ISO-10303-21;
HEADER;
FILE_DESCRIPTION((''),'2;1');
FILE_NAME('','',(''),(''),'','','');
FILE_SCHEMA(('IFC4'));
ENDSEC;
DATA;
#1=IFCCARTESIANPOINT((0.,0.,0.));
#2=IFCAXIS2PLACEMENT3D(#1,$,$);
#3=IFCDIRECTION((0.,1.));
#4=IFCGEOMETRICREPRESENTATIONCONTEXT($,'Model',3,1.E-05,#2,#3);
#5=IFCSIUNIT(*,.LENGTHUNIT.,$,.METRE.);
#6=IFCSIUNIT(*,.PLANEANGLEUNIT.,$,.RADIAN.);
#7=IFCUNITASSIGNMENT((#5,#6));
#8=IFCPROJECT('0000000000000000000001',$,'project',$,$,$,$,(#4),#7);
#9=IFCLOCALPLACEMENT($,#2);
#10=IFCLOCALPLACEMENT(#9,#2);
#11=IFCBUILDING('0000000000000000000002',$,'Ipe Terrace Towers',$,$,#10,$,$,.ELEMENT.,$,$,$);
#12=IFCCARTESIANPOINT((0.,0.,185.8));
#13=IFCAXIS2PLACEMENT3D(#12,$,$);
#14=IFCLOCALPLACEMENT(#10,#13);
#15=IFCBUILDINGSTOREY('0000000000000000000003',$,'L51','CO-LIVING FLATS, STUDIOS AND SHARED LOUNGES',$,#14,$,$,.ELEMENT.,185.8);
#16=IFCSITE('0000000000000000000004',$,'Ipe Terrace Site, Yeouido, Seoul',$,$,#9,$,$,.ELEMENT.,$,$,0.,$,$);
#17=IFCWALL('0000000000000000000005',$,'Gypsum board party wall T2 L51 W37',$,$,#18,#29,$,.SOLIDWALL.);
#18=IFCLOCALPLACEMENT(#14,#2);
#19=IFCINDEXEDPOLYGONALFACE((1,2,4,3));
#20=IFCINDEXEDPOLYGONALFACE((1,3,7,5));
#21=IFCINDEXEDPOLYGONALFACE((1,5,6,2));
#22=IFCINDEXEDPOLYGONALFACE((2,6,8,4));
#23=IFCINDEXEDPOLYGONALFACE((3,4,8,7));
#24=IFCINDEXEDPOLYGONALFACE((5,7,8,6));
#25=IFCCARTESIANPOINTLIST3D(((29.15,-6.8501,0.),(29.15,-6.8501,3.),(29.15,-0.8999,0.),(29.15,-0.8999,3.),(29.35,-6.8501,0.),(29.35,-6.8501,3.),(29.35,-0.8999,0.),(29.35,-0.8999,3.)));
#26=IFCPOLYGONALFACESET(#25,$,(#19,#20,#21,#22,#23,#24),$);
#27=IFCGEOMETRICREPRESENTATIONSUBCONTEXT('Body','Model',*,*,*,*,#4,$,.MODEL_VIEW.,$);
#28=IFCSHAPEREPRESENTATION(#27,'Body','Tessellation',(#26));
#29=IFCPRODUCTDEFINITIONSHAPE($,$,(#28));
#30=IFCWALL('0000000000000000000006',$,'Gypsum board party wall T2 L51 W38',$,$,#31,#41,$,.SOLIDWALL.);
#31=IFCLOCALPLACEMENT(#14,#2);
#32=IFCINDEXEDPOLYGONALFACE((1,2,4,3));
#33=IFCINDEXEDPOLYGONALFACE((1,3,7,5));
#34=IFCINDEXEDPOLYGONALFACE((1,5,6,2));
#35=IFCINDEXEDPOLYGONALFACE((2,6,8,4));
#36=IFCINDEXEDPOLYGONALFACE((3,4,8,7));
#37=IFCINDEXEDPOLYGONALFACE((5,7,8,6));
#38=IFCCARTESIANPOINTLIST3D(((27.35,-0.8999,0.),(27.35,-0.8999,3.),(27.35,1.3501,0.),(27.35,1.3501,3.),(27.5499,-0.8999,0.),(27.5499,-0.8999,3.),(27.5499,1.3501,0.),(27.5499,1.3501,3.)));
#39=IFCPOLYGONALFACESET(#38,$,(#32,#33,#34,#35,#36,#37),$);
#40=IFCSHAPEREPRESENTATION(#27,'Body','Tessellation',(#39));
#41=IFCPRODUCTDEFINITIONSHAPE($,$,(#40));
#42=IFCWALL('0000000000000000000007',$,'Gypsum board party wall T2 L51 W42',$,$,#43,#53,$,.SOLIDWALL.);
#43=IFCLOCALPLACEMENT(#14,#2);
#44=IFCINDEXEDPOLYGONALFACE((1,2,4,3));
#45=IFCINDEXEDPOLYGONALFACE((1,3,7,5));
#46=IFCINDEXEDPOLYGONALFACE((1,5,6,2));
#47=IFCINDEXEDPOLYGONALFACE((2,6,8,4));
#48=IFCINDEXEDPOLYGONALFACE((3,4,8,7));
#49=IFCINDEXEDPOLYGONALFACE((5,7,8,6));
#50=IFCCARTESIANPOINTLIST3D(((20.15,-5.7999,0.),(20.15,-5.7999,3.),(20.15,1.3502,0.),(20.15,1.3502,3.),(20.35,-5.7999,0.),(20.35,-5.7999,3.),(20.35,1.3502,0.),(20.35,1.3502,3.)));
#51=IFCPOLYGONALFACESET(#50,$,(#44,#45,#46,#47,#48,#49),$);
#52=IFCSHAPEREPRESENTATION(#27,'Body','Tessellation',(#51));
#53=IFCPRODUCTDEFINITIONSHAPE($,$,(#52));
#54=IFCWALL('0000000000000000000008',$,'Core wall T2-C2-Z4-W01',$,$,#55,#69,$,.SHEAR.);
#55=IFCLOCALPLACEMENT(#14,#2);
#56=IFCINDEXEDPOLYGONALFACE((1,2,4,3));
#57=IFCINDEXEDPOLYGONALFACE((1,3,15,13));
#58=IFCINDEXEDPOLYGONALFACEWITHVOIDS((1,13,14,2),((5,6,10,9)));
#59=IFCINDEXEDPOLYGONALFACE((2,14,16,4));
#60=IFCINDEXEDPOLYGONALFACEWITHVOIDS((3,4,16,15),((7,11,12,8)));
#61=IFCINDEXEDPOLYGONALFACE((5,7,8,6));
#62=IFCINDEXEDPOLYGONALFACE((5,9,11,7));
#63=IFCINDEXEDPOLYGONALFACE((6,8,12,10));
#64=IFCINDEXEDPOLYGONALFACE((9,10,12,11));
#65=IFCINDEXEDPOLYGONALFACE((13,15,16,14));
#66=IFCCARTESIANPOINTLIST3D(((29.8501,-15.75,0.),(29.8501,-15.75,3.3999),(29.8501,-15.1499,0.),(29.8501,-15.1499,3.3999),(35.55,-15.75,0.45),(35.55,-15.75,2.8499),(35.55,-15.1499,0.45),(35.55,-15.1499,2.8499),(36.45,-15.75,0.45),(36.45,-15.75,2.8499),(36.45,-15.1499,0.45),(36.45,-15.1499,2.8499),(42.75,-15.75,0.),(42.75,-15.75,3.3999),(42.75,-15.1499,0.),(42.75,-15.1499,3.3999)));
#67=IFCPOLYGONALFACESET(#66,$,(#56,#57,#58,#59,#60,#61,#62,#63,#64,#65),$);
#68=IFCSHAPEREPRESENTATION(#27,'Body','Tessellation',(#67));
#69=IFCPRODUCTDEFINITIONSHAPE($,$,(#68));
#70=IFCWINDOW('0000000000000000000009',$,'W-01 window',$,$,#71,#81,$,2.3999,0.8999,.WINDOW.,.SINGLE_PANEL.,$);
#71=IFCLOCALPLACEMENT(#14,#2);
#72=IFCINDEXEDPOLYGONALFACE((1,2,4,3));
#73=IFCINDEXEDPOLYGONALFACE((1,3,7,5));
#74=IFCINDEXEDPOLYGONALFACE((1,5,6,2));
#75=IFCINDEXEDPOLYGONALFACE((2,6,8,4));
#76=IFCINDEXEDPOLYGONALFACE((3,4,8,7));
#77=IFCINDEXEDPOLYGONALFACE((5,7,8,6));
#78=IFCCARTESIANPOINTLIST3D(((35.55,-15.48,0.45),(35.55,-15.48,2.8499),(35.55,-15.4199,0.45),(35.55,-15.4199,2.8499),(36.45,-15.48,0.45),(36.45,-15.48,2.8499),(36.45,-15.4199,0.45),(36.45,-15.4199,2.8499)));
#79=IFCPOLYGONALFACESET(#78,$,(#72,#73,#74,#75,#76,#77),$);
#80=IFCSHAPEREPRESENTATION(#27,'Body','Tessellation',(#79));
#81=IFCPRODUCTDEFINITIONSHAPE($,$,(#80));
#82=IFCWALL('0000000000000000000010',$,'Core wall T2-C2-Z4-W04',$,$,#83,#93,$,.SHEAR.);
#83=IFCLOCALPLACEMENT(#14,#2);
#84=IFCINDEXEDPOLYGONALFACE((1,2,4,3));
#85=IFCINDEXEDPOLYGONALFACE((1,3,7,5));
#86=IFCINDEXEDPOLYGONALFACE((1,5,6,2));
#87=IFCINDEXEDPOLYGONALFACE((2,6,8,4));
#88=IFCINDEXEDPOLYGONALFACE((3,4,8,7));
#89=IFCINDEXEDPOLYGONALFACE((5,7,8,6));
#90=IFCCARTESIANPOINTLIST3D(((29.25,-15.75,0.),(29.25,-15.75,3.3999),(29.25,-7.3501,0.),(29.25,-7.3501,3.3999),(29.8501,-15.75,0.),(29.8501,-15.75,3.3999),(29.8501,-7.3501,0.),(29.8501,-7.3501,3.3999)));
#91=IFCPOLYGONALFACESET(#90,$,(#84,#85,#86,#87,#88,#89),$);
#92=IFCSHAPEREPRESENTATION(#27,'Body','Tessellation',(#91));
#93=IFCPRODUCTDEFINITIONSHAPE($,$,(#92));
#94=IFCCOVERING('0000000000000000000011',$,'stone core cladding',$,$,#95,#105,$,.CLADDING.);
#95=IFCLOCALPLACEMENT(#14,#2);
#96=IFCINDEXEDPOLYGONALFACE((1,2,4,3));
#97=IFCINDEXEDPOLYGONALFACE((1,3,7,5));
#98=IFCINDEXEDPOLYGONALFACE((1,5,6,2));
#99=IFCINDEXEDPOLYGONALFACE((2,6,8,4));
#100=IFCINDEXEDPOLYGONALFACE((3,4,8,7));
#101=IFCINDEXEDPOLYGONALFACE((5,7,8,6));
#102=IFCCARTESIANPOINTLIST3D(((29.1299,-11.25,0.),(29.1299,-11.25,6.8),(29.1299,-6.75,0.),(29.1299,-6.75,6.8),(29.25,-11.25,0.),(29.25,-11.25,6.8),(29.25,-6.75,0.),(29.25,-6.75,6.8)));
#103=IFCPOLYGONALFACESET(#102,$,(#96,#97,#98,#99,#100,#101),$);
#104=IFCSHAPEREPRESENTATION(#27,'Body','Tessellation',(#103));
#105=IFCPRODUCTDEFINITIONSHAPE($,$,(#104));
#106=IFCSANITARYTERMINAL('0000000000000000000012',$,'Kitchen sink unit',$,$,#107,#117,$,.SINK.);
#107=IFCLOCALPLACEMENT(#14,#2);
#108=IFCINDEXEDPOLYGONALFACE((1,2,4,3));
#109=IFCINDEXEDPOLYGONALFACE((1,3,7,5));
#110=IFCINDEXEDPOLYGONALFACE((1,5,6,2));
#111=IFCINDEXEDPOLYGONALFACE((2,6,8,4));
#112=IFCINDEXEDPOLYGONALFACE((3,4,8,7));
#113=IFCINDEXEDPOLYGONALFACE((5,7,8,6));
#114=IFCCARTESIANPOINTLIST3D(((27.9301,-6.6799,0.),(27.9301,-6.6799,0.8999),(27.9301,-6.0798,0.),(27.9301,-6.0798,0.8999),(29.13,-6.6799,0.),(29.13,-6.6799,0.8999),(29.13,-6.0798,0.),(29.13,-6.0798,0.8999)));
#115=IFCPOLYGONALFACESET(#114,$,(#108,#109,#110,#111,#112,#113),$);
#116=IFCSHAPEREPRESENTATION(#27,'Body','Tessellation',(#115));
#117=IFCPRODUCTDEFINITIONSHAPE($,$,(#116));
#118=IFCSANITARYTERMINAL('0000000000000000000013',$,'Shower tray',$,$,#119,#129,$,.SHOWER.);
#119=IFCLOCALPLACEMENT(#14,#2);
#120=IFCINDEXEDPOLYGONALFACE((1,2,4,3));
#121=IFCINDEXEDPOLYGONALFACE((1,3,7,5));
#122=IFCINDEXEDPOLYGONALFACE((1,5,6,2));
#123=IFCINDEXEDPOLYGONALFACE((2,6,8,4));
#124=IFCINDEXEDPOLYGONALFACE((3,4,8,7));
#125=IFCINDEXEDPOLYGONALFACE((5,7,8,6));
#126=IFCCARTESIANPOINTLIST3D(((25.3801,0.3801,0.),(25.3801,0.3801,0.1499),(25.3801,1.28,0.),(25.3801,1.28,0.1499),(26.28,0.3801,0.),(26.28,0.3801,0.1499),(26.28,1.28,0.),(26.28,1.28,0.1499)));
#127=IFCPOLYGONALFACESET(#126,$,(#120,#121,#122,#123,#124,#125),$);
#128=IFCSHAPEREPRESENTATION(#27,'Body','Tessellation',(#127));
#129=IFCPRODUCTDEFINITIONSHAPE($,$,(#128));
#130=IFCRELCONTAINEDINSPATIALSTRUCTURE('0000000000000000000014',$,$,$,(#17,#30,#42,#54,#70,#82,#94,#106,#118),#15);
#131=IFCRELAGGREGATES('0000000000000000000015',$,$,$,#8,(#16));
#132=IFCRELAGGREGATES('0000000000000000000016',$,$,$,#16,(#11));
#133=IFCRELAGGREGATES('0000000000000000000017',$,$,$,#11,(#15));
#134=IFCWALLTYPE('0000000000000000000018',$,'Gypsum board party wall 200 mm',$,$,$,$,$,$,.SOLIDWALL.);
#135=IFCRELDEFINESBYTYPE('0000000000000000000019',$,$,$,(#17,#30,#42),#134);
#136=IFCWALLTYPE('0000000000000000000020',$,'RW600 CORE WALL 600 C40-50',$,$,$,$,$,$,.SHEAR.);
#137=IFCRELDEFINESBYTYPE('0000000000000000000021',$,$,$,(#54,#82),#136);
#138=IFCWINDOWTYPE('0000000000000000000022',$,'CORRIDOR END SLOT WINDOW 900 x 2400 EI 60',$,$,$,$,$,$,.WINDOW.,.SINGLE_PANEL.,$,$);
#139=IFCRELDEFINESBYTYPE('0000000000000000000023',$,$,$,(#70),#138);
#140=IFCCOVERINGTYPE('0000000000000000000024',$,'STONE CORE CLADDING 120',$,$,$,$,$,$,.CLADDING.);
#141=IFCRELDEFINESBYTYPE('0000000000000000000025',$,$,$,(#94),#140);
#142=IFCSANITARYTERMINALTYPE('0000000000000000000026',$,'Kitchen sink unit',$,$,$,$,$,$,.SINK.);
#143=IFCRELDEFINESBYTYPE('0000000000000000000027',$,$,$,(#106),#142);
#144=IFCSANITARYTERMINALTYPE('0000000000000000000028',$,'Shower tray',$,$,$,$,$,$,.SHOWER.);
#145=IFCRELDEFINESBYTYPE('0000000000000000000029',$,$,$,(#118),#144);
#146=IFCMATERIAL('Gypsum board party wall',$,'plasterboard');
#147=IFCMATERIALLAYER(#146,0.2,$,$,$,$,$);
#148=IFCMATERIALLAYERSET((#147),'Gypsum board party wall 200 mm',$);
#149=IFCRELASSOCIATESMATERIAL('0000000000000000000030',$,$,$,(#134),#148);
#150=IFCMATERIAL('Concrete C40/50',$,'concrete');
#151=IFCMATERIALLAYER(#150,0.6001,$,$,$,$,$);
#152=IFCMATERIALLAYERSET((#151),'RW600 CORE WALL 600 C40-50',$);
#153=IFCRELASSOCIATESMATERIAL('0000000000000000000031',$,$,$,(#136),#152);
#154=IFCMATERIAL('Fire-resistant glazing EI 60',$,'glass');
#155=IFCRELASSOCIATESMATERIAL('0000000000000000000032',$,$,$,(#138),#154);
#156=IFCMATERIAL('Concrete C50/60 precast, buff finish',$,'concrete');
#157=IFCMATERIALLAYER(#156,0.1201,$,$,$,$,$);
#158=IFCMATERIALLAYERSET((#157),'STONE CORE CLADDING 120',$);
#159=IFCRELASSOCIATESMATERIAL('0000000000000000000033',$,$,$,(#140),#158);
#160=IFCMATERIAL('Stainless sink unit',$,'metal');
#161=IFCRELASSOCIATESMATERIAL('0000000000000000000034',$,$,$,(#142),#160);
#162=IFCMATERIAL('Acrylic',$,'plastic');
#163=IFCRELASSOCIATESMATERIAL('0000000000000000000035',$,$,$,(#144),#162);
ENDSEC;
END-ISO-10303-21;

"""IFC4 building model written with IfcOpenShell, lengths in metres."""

from ifc_helpers import new_model, si_unit, direction, frame, frame_2d, origin, origin_2d, place, context, subcontext, project, spatial, rectangle, extrude, material, layer, layer_set, type_object, element, fill, save


model = new_model("IFC4")

# Units and contexts
model_context = context("Model", 3, precision=1e-05, world=origin(), true_north=direction((0.0, 1.0)))
body_context = subcontext(model_context, "Body", "Model", "MODEL_VIEW")
ifc_project = project(units=[si_unit("LENGTHUNIT", "METRE"), si_unit("PLANEANGLEUNIT", "RADIAN")], contexts=[model_context])

# Site, building, storey
site_placement = place(None, origin())
site = spatial("IfcSite", under=ifc_project, at=site_placement, Name="Ipe Terrace Site, Yeouido, Seoul", CompositionType="ELEMENT", RefElevation=0.0)
building_placement = place(site_placement, origin())
building = spatial("IfcBuilding", under=site, at=building_placement, Name="Ipe Terrace Towers", CompositionType="ELEMENT")
storey_placement = place(building_placement, frame((0.0, 0.0, 185.8)))
storey = spatial("IfcBuildingStorey", under=building, at=storey_placement, Name="L51", Description="CO-LIVING FLATS, STUDIOS AND SHARED LOUNGES", CompositionType="ELEMENT", Elevation=185.8)

# Walls
ifc_material_1 = material(Name="Gypsum board party wall", Category="plasterboard")
ifc_layer_1 = layer(ifc_material_1, 0.2)
ifc_layer_set_1 = layer_set([ifc_layer_1], Name="Gypsum board party wall 200 mm")
wall_type_1 = type_object("IfcWallType", Name="Gypsum board party wall 200 mm", PredefinedType="SOLIDWALL", material=ifc_layer_set_1)
wall_1_placement = place(storey_placement, frame((29.25, -6.8501, 0.0), z_axis=(0.0, 0.0, 1.0), x_axis=(0.0, 1.0, 0.0)))
element("IfcWall", 1, at=wall_1_placement, inside=storey, type_object=wall_type_1, Name="Gypsum board party wall T2 L51 W37", PredefinedType="SOLIDWALL", context=body_context, shape_type="SweptSolid", body=[
    extrude(rectangle(XDim=5.9502, YDim=0.2, at=frame_2d((2.9751, 0.0))), origin(), (0.0, 0.0, 1.0), 3.0),
])
wall_2_placement = place(storey_placement, frame((27.45, -0.8999, 0.0), z_axis=(0.0, 0.0, 1.0), x_axis=(0.0, 1.0, 0.0)))
element("IfcWall", 2, at=wall_2_placement, inside=storey, type_object=wall_type_1, Name="Gypsum board party wall T2 L51 W38", PredefinedType="SOLIDWALL", context=body_context, shape_type="SweptSolid", body=[
    extrude(rectangle(XDim=2.25, YDim=0.2, at=frame_2d((1.125, 0.0))), origin(), (0.0, 0.0, 1.0), 3.0),
])
wall_3_placement = place(storey_placement, frame((20.25, -5.8, 0.0), z_axis=(0.0, 0.0, 1.0), x_axis=(0.0, 1.0, 0.0)))
element("IfcWall", 3, at=wall_3_placement, inside=storey, type_object=wall_type_1, Name="Gypsum board party wall T2 L51 W42", PredefinedType="SOLIDWALL", context=body_context, shape_type="SweptSolid", body=[
    extrude(rectangle(XDim=7.1501, YDim=0.2, at=frame_2d((3.5752, 0.0))), origin(), (0.0, 0.0, 1.0), 3.0),
])

# Wall, opening, window
ifc_material_2 = material(Name="Concrete C40/50", Category="concrete")
ifc_layer_2 = layer(ifc_material_2, 0.6001)
ifc_layer_set_2 = layer_set([ifc_layer_2], Name="RW600 CORE WALL 600 C40-50")
wall_type_2 = type_object("IfcWallType", Name="RW600 CORE WALL 600 C40-50", PredefinedType="SHEAR", material=ifc_layer_set_2)
wall_4_placement = place(storey_placement, frame((29.8501, -15.45, 0.0), z_axis=(0.0, 0.0, 1.0), x_axis=(1.0, 0.0, 0.0)))
wall_4 = element("IfcWall", 4, at=wall_4_placement, inside=storey, type_object=wall_type_2, Name="Core wall T2-C2-Z4-W01", PredefinedType="SHEAR", context=body_context, shape_type="SweptSolid", body=[
    extrude(rectangle(XDim=12.8999, YDim=0.6001, at=frame_2d((6.45, 0.0))), origin(), (0.0, 0.0, 1.0), 3.3999),
])
opening_1_placement = place(wall_4_placement, frame((5.7, 0.0, 0.45)))
opening_1 = element("IfcOpeningElement", 5, at=opening_1_placement, cuts=wall_4, PredefinedType="OPENING", context=body_context, shape_type="SweptSolid", body=[
    extrude(rectangle(XDim=0.8999, YDim=2.3999, at=frame_2d((0.45, 1.2))), frame((0.0, 0.3101, 0.0), z_axis=(0.0, -1.0, 0.0), x_axis=(1.0, 0.0, 0.0)), (0.0, 0.0, 1.0), 0.6201),
])
ifc_material_3 = material(Name="Fire-resistant glazing EI 60", Category="glass")
window_type = type_object("IfcWindowType", Name="CORRIDOR END SLOT WINDOW 900 x 2400 EI 60", PartitioningType="SINGLE_PANEL", PredefinedType="WINDOW", material=ifc_material_3)
window_placement = place(opening_1_placement, origin())
window = element("IfcWindow", 6, at=window_placement, inside=storey, type_object=window_type, Name="W-01 window", OverallHeight=2.3999, OverallWidth=0.8999, PartitioningType="SINGLE_PANEL", PredefinedType="WINDOW", context=body_context, shape_type="SweptSolid", body=[
    extrude(rectangle(XDim=0.8999, YDim=2.3999, at=frame_2d((0.45, 1.2))), frame((0.0, 0.03, 0.0), z_axis=(0.0, -1.0, 0.0), x_axis=(1.0, 0.0, 0.0)), (0.0, 0.0, 1.0), 0.0601),
])
fill(opening_1, window)

# Wall
wall_5_placement = place(storey_placement, frame((29.55, -7.3501, 0.0), z_axis=(0.0, 0.0, 1.0), x_axis=(0.0, -1.0, 0.0)))
element("IfcWall", 7, at=wall_5_placement, inside=storey, type_object=wall_type_2, Name="Core wall T2-C2-Z4-W04", PredefinedType="SHEAR", context=body_context, shape_type="SweptSolid", body=[
    extrude(rectangle(XDim=8.3999, YDim=0.6001, at=frame_2d((4.2, 0.0))), origin(), (0.0, 0.0, 1.0), 3.3999),
])

# Covering
ifc_material_4 = material(Name="Concrete C50/60 precast, buff finish", Category="concrete")
ifc_layer_3 = layer(ifc_material_4, 0.1201)
ifc_layer_set_3 = layer_set([ifc_layer_3], Name="STONE CORE CLADDING 120")
covering_type = type_object("IfcCoveringType", Name="STONE CORE CLADDING 120", PredefinedType="CLADDING", material=ifc_layer_set_3)
covering_placement = place(storey_placement, frame((29.1899, -9.0, 0.0), z_axis=(0.0, 0.0, 1.0), x_axis=(0.0, -1.0, 0.0)))
element("IfcCovering", 8, at=covering_placement, inside=storey, type_object=covering_type, Name="stone core cladding", PredefinedType="CLADDING", context=body_context, shape_type="SweptSolid", body=[
    extrude(rectangle(XDim=4.5, YDim=0.1201, at=origin_2d()), origin(), (0.0, 0.0, 1.0), 6.8),
])

# Sanitary terminals
ifc_material_5 = material(Name="Stainless sink unit", Category="metal")
sanitary_terminal_type_1 = type_object("IfcSanitaryTerminalType", Name="Kitchen sink unit", PredefinedType="SINK", material=ifc_material_5)
sanitary_terminal_1_placement = place(storey_placement, frame((28.53, -6.3799, 0.0), z_axis=(0.0, 0.0, 1.0), x_axis=(-1.0, 0.0, 0.0)))
element("IfcSanitaryTerminal", 9, at=sanitary_terminal_1_placement, inside=storey, type_object=sanitary_terminal_type_1, Name="Kitchen sink unit", PredefinedType="SINK", context=body_context, shape_type="SweptSolid", body=[
    extrude(rectangle(XDim=1.2, YDim=0.6001, at=origin_2d()), origin(), (0.0, 0.0, 1.0), 0.8999),
])
ifc_material_6 = material(Name="Acrylic", Category="plastic")
sanitary_terminal_type_2 = type_object("IfcSanitaryTerminalType", Name="Shower tray", PredefinedType="SHOWER", material=ifc_material_6)
sanitary_terminal_2_placement = place(storey_placement, frame((25.8301, 0.8301, 0.0), z_axis=(0.0, 0.0, 1.0), x_axis=(0.0, -1.0, 0.0)))
element("IfcSanitaryTerminal", 10, at=sanitary_terminal_2_placement, inside=storey, type_object=sanitary_terminal_type_2, Name="Shower tray", PredefinedType="SHOWER", context=body_context, shape_type="SweptSolid", body=[
    extrude(rectangle(XDim=0.8999, YDim=0.8999, at=origin_2d()), origin(), (0.0, 0.0, 1.0), 0.1499),
])

save(model, "model.ifc")
